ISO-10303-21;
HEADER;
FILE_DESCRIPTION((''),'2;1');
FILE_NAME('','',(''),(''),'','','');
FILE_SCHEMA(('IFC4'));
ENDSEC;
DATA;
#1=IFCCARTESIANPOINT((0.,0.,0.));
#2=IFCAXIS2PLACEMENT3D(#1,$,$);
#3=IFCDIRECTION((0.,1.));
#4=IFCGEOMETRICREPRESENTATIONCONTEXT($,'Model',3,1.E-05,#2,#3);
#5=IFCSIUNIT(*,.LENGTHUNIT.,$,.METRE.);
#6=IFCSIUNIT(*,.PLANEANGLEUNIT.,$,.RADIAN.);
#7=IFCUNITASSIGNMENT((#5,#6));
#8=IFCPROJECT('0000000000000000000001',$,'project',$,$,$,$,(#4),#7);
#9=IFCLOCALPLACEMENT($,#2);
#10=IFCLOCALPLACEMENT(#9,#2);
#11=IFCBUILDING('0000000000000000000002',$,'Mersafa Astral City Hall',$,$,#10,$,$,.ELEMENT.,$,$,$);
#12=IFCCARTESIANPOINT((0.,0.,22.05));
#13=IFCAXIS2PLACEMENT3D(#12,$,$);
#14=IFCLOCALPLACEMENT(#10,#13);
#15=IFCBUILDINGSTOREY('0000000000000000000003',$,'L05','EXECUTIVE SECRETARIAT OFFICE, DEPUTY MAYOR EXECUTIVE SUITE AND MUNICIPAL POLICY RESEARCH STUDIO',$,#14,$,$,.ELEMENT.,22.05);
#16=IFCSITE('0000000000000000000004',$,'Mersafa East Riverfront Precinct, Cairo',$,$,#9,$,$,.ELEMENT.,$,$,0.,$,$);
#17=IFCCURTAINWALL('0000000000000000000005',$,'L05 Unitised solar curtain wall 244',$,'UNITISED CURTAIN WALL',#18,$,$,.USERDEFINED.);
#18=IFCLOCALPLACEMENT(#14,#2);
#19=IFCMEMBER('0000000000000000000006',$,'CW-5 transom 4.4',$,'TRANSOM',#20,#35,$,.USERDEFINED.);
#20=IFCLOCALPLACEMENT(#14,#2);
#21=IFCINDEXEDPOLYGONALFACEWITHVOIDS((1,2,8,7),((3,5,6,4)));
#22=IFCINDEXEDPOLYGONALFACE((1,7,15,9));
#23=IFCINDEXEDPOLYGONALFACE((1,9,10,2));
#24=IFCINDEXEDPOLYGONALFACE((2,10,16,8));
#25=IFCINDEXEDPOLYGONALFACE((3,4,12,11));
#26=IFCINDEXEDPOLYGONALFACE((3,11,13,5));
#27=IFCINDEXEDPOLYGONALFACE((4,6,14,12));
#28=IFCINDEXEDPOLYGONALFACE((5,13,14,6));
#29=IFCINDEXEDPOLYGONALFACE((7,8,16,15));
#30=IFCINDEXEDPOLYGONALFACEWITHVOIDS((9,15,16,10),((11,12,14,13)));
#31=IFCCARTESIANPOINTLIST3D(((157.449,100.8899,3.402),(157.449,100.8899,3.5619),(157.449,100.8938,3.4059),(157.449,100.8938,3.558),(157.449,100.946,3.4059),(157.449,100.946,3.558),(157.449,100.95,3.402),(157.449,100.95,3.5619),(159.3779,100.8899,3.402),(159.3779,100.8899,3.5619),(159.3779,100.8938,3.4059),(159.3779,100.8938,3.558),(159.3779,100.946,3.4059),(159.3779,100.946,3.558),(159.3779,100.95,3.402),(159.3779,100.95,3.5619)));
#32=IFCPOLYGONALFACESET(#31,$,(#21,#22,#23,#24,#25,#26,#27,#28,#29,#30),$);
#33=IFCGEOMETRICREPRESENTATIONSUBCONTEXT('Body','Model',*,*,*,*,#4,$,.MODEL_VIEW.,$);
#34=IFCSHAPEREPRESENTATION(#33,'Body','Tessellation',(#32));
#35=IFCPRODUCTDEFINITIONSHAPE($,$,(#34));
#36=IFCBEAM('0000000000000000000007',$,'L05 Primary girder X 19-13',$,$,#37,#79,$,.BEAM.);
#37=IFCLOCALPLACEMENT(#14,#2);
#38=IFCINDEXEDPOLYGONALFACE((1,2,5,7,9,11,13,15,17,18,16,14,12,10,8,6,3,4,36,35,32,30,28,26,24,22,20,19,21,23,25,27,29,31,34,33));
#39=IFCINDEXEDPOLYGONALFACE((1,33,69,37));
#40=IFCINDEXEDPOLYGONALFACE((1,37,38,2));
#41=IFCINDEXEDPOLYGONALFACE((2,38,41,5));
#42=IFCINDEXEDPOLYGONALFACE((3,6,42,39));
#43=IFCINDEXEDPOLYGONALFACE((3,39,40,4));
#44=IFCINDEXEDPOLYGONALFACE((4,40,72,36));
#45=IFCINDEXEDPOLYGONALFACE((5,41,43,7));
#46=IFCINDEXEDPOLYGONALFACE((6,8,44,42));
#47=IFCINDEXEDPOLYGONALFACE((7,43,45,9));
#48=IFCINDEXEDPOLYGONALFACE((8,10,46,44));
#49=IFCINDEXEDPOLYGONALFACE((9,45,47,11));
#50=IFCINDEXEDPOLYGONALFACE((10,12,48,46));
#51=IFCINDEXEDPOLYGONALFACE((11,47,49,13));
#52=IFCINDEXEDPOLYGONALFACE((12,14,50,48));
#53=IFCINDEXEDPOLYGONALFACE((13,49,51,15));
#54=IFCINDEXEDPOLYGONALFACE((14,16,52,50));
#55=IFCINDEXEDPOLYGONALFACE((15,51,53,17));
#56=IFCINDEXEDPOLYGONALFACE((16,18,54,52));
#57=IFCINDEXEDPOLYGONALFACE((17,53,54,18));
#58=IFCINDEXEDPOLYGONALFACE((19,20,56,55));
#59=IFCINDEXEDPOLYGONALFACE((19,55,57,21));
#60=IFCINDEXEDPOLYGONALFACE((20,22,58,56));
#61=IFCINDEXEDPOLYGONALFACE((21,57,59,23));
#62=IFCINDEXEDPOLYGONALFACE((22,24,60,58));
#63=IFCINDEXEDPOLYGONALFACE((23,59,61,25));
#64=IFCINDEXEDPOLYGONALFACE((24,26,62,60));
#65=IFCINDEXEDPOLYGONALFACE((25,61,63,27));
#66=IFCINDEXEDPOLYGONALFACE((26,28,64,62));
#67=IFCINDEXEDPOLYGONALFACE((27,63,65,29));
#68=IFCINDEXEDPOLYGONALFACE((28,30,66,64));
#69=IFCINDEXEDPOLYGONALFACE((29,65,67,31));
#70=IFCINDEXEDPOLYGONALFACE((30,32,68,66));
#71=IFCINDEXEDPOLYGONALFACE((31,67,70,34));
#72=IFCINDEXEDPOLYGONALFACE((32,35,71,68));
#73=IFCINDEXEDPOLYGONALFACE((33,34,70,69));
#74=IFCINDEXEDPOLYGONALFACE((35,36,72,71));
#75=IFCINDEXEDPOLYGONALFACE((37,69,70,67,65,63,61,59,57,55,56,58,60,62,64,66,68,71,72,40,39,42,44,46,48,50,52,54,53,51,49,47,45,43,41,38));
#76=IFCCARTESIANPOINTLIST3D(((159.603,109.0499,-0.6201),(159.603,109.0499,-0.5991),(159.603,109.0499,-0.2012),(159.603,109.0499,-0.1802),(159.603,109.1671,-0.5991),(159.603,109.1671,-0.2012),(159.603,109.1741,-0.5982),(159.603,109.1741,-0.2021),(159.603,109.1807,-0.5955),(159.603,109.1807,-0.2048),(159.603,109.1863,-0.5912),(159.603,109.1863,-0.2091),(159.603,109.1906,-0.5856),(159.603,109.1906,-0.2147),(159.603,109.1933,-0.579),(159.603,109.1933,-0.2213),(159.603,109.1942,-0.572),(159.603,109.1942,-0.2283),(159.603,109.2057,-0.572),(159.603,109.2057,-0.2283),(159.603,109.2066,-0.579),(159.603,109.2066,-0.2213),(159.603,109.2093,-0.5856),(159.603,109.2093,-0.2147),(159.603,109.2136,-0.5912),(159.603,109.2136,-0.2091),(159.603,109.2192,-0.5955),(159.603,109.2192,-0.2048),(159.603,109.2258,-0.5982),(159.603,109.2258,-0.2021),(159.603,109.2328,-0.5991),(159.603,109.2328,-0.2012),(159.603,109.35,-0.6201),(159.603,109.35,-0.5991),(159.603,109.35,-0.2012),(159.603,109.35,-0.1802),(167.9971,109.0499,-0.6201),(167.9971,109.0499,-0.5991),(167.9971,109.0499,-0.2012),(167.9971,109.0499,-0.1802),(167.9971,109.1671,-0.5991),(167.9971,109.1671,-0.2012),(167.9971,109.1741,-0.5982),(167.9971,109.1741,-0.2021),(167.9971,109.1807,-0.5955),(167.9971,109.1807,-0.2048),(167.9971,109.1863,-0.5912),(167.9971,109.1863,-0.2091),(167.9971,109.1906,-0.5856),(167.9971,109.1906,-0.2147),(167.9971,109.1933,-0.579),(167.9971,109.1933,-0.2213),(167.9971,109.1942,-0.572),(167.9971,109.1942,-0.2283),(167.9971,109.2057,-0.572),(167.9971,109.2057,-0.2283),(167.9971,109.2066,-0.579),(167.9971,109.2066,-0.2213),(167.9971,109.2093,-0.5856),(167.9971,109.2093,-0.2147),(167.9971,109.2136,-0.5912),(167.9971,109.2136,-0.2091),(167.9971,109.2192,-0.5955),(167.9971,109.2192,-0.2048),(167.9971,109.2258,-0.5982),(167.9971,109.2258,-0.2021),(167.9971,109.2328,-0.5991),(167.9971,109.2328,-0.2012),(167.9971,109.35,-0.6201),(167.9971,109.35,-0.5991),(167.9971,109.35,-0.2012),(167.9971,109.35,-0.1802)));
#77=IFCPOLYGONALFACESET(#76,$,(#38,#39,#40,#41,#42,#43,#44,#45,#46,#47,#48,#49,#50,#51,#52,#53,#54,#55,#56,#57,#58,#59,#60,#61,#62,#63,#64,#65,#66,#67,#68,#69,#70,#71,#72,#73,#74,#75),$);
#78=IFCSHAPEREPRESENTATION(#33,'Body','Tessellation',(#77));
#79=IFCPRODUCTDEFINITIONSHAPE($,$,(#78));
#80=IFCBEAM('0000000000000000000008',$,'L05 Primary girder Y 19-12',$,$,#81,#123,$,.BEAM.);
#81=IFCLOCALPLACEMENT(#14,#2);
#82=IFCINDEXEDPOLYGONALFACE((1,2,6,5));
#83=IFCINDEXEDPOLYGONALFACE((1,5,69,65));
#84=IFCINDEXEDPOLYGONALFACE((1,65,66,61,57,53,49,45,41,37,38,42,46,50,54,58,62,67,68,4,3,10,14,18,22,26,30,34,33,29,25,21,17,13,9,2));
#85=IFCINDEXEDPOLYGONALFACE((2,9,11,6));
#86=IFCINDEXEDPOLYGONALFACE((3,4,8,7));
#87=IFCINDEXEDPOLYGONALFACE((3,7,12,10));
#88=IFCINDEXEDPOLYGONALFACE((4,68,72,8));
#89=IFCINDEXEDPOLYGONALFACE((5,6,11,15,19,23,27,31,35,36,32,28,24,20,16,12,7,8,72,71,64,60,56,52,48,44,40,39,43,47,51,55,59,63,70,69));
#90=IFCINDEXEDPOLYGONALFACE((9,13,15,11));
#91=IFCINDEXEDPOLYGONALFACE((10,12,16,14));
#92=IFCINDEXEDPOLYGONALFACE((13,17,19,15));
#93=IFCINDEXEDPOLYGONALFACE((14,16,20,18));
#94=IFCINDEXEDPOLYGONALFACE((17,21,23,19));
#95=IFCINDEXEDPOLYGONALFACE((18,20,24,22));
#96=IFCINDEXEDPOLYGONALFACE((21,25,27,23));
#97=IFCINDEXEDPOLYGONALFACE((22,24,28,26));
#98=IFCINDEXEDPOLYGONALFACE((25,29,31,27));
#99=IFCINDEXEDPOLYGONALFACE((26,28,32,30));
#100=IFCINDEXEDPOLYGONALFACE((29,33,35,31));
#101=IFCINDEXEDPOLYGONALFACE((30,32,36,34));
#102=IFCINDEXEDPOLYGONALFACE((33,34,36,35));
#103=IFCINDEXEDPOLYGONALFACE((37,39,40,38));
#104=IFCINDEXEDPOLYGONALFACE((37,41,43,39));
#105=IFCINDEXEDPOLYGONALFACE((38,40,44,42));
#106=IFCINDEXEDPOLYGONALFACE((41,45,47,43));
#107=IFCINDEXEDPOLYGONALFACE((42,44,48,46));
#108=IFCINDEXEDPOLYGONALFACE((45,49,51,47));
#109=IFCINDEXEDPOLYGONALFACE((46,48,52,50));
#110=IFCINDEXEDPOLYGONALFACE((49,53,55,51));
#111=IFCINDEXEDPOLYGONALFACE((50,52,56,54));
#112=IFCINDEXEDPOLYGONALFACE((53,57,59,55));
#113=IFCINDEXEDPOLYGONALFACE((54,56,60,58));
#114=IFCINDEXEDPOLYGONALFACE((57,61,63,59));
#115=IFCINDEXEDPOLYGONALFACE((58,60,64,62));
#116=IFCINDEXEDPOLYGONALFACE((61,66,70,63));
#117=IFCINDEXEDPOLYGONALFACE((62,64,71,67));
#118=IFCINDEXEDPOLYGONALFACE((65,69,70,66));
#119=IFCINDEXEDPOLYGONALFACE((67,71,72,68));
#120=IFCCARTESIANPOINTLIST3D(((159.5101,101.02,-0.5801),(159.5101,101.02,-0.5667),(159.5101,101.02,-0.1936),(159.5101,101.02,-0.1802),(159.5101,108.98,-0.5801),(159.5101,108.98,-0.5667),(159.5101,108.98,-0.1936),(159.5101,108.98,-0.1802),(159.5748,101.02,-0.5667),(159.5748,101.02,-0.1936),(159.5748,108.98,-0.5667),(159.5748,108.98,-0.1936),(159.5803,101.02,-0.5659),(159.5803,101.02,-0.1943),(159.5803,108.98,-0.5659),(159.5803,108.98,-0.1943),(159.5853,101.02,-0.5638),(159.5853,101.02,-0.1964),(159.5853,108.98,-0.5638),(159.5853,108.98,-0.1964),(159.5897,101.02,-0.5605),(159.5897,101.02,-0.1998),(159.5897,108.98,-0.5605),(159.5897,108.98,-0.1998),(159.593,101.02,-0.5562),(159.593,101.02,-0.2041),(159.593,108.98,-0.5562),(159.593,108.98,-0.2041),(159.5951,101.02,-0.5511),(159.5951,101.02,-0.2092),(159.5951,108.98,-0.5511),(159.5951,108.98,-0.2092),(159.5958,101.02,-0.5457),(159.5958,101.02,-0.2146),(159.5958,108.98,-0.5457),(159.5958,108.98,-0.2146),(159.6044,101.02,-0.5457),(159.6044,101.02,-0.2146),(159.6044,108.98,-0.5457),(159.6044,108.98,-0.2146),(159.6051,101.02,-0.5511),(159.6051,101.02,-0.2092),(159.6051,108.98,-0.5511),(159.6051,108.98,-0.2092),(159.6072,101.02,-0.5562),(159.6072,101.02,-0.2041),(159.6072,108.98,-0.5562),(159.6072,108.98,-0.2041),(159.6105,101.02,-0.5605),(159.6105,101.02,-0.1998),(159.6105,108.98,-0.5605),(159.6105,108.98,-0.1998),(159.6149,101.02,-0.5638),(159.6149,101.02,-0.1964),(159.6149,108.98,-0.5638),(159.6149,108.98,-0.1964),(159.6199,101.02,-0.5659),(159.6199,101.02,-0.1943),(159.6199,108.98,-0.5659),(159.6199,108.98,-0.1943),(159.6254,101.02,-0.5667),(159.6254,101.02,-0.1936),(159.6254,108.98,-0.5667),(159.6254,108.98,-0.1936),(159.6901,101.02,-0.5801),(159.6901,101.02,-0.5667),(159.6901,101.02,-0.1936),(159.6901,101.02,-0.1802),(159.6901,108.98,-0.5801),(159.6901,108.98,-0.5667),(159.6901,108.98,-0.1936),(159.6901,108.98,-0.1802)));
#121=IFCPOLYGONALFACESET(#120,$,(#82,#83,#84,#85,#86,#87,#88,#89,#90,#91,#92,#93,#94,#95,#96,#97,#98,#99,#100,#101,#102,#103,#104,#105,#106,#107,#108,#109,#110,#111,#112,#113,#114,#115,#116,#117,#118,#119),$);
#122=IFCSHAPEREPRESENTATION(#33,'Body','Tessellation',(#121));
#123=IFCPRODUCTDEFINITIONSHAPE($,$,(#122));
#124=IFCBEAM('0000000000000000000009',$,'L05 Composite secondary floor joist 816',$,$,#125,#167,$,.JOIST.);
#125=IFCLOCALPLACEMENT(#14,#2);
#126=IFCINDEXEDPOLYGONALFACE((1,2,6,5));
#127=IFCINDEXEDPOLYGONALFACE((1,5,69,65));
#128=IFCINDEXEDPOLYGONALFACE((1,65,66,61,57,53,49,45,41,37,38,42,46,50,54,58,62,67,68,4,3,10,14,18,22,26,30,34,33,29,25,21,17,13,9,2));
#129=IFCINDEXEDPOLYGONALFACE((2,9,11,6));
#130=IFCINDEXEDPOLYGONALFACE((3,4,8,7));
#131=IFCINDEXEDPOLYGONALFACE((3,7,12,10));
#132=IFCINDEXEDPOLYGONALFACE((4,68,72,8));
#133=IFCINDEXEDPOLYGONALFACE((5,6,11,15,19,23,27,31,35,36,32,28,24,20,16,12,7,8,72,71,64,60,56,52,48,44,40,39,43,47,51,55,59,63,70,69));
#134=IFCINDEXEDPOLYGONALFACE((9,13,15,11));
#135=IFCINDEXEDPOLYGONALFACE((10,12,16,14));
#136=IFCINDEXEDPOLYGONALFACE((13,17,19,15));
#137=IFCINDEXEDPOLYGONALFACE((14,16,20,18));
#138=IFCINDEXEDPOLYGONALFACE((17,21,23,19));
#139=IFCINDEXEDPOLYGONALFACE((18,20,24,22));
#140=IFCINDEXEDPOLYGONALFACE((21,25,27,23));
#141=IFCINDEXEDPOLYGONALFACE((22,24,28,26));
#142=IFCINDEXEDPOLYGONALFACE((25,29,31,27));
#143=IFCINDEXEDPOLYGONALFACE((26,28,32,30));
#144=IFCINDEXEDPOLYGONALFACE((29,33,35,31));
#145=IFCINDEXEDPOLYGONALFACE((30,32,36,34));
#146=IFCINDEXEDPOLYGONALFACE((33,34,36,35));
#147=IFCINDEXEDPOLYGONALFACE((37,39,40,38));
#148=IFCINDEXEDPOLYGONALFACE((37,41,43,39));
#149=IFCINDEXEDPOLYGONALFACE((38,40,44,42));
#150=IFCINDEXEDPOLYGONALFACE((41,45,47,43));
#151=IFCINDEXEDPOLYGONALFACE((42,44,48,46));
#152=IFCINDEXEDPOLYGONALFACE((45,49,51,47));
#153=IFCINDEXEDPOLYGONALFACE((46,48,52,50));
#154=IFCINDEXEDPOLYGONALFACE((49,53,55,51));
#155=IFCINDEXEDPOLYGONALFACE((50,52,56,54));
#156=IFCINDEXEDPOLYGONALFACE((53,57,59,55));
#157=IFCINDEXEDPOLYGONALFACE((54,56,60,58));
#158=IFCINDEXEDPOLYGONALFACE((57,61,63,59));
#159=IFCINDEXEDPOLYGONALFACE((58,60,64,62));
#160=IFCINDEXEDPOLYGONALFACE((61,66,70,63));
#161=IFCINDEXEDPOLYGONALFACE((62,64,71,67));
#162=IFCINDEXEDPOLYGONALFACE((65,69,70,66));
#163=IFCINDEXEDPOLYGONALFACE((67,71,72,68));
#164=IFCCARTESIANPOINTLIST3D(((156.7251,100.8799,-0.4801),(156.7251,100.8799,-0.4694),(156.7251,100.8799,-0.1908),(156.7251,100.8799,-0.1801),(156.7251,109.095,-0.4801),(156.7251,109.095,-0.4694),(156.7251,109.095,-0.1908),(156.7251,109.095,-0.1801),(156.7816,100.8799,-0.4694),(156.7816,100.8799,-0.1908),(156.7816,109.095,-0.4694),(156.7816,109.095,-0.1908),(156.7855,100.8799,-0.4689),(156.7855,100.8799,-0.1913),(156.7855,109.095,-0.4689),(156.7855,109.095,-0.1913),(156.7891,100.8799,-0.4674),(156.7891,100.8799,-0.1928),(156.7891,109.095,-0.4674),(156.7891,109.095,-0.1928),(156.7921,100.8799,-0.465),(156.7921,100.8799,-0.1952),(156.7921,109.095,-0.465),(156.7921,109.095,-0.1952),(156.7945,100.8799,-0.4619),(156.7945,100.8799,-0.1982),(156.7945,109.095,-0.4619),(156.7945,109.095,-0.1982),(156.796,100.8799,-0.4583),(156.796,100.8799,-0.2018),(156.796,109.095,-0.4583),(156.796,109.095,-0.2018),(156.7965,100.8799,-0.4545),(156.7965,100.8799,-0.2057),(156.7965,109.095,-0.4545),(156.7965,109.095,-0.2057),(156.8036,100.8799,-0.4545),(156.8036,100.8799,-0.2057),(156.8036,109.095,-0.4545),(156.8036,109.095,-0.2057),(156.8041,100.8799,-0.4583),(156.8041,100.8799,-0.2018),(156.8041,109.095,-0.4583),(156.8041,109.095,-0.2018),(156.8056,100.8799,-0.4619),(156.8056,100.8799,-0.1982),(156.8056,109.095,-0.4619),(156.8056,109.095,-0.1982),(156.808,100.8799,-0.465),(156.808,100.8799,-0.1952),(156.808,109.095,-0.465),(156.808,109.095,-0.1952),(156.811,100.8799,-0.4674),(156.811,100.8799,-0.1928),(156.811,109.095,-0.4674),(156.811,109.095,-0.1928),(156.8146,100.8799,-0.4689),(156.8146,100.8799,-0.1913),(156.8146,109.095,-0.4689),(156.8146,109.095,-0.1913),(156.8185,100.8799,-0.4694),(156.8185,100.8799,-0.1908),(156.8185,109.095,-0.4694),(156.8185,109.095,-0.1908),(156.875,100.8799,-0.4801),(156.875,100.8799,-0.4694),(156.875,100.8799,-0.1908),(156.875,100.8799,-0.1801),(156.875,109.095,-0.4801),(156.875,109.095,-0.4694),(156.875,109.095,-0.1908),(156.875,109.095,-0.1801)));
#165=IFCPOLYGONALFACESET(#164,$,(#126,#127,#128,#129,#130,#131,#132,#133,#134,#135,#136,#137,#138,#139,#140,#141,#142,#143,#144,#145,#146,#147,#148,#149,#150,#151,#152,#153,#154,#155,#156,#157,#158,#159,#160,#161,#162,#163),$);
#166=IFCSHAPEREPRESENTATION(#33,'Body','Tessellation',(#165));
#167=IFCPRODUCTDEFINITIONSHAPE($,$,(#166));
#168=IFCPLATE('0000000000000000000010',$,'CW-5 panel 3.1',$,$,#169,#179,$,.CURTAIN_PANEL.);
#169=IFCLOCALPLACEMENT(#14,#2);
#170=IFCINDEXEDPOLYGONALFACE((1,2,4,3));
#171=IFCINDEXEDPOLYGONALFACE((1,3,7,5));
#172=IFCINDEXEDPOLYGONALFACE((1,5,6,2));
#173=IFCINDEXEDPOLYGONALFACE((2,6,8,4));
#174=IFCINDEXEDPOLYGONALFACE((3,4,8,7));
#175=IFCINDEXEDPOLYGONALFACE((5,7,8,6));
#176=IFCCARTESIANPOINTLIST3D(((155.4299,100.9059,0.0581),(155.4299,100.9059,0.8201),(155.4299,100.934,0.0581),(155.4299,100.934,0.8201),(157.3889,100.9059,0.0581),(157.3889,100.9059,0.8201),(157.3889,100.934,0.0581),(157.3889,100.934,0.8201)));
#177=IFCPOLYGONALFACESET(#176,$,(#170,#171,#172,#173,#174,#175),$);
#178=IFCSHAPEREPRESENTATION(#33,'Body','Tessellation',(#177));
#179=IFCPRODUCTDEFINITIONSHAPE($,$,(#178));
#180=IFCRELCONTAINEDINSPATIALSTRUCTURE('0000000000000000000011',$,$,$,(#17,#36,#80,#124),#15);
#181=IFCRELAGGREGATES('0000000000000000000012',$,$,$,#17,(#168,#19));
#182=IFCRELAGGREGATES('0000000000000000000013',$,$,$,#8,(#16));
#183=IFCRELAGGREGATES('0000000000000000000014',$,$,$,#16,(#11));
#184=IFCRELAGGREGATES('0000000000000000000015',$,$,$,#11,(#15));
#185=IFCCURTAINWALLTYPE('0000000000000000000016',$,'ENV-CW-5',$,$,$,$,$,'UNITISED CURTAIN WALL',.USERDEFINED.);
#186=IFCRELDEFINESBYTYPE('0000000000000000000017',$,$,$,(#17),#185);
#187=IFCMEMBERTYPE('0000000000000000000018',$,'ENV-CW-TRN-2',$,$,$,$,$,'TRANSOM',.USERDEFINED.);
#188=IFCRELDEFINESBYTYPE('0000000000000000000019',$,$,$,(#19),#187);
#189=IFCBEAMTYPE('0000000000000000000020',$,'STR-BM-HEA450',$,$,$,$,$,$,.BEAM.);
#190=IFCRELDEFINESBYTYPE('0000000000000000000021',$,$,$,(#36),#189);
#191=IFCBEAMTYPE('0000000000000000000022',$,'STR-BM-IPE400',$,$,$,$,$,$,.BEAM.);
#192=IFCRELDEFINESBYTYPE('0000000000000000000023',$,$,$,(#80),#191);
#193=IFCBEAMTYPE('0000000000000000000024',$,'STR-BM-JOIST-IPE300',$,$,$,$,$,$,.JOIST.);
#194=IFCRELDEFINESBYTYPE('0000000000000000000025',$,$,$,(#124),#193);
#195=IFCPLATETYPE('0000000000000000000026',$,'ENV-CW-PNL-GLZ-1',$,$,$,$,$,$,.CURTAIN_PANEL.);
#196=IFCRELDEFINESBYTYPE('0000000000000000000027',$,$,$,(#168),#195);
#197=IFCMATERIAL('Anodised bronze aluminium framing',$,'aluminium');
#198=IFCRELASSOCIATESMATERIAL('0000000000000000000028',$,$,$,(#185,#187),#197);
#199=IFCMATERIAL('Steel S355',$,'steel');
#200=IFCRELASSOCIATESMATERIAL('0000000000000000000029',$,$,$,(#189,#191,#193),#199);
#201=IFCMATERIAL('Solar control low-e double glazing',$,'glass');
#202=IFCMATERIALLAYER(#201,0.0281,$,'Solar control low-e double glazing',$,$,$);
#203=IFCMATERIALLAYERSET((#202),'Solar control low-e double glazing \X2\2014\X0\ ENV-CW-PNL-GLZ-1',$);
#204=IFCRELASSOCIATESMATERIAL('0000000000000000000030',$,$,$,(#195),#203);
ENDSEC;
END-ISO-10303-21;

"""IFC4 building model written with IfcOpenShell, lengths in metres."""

from ifc_helpers import new_model, si_unit, direction, frame, origin, origin_2d, place, context, subcontext, project, spatial, rectangle, hollow_rectangle, i_section, extrude, material, layer, layer_set, material_profile, profile_set, type_object, element, aggregate, save


model = new_model("IFC4")

# Units and contexts
model_context = context("Model", 3, precision=1e-05, world=origin(), true_north=direction((0.0, 1.0)))
body_context = subcontext(model_context, "Body", "Model", "MODEL_VIEW")
ifc_project = project(units=[si_unit("LENGTHUNIT", "METRE"), si_unit("PLANEANGLEUNIT", "RADIAN")], contexts=[model_context])

# Site, building, storey
site_placement = place(None, origin())
site = spatial("IfcSite", under=ifc_project, at=site_placement, Name="Mersafa East Riverfront Precinct, Cairo", CompositionType="ELEMENT", RefElevation=0.0)
building_placement = place(site_placement, origin())
building = spatial("IfcBuilding", under=site, at=building_placement, Name="Mersafa Astral City Hall", CompositionType="ELEMENT")
storey_placement = place(building_placement, frame((0.0, 0.0, 22.05)))
storey = spatial("IfcBuildingStorey", under=building, at=storey_placement, Name="L05", Description="EXECUTIVE SECRETARIAT OFFICE, DEPUTY MAYOR EXECUTIVE SUITE AND MUNICIPAL POLICY RESEARCH STUDIO", CompositionType="ELEMENT", Elevation=22.05)

# Shared definitions
ifc_material_1 = material(Name="Steel S355", Category="steel")

# Curtain wall, member
ifc_material_2 = material(Name="Anodised bronze aluminium framing", Category="aluminium")
curtain_wall_type = type_object("IfcCurtainWallType", Name="ENV-CW-5", ElementType="UNITISED CURTAIN WALL", PredefinedType="USERDEFINED", material=ifc_material_2)
curtain_wall_placement = place(storey_placement, origin())
curtain_wall = element("IfcCurtainWall", 1, at=curtain_wall_placement, inside=storey, type_object=curtain_wall_type, Name="L05 Unitised solar curtain wall 244", ObjectType="UNITISED CURTAIN WALL", PredefinedType="USERDEFINED")
ifc_material_profile_1 = material_profile(ifc_material_2, hollow_rectangle(XDim=0.0601, YDim=0.1599, WallThickness=0.0039, at=origin_2d()), Name="RHS 60x160x4")
ifc_profile_set_1 = profile_set([ifc_material_profile_1], Name="Anodised bronze aluminium framing")
member_type_1 = type_object("IfcMemberType", Name="ENV-CW-TRN-2", ElementType="TRANSOM", PredefinedType="USERDEFINED", material=ifc_profile_set_1)
member_1_placement = place(storey_placement, frame((157.449, 100.9199, 3.4819), z_axis=(1.0, 0.0, 0.0), x_axis=(0.0, 1.0, 0.0)))
member_1 = element("IfcMember", 2, at=member_1_placement, type_object=member_type_1, Name="CW-5 transom 4.4", ObjectType="TRANSOM", PredefinedType="USERDEFINED", context=body_context, shape_type="SweptSolid", body=[
    extrude(hollow_rectangle(XDim=0.0601, YDim=0.1599, WallThickness=0.0039, at=origin_2d()), origin(), (0.0, 0.0, 1.0), 1.929),
])

# Beams
ifc_material_profile_2 = material_profile(ifc_material_1, i_section(OverallWidth=0.3, OverallDepth=0.4399, WebThickness=0.0115, FlangeThickness=0.021, FilletRadius=0.0271, at=origin_2d()), Name="HEA 450")
ifc_profile_set_2 = profile_set([ifc_material_profile_2], Name="Steel S355")
beam_type_1 = type_object("IfcBeamType", Name="STR-BM-HEA450", PredefinedType="BEAM", material=ifc_profile_set_2)
beam_1_placement = place(storey_placement, frame((159.603, 109.2, -0.4001), z_axis=(1.0, 0.0, 0.0), x_axis=(0.0, 1.0, 0.0)))
element("IfcBeam", 3, at=beam_1_placement, inside=storey, type_object=beam_type_1, Name="L05 Primary girder X 19-13", PredefinedType="BEAM", context=body_context, shape_type="SweptSolid", body=[
    extrude(i_section(OverallWidth=0.3, OverallDepth=0.4399, WebThickness=0.0115, FlangeThickness=0.021, FilletRadius=0.0271, at=origin_2d()), origin(), (0.0, 0.0, 1.0), 8.394),
])
ifc_material_profile_3 = material_profile(ifc_material_1, i_section(OverallWidth=0.1799, OverallDepth=0.3999, WebThickness=0.0085, FlangeThickness=0.0134, FilletRadius=0.021, at=origin_2d()), Name="IPE 400")
ifc_profile_set_3 = profile_set([ifc_material_profile_3], Name="Steel S355")
beam_type_2 = type_object("IfcBeamType", Name="STR-BM-IPE400", PredefinedType="BEAM", material=ifc_profile_set_3)
beam_2_placement = place(storey_placement, frame((159.6001, 101.02, -0.3801), z_axis=(0.0, 1.0, 0.0), x_axis=(-1.0, 0.0, 0.0)))
element("IfcBeam", 4, at=beam_2_placement, inside=storey, type_object=beam_type_2, Name="L05 Primary girder Y 19-12", PredefinedType="BEAM", context=body_context, shape_type="SweptSolid", body=[
    extrude(i_section(OverallWidth=0.1799, OverallDepth=0.3999, WebThickness=0.0085, FlangeThickness=0.0134, FilletRadius=0.021, at=origin_2d()), origin(), (0.0, 0.0, 1.0), 7.96),
])
ifc_material_profile_4 = material_profile(ifc_material_1, i_section(OverallWidth=0.1499, OverallDepth=0.3, WebThickness=0.0071, FlangeThickness=0.0107, FilletRadius=0.0149, at=origin_2d()), Name="IPE 300")
ifc_profile_set_4 = profile_set([ifc_material_profile_4], Name="Steel S355")
beam_type_3 = type_object("IfcBeamType", Name="STR-BM-JOIST-IPE300", PredefinedType="JOIST", material=ifc_profile_set_4)
beam_3_placement = place(storey_placement, frame((156.8, 100.8799, -0.3301), z_axis=(0.0, 1.0, 0.0), x_axis=(-1.0, 0.0, 0.0)))
element("IfcBeam", 5, at=beam_3_placement, inside=storey, type_object=beam_type_3, Name="L05 Composite secondary floor joist 816", PredefinedType="JOIST", context=body_context, shape_type="SweptSolid", body=[
    extrude(i_section(OverallWidth=0.1499, OverallDepth=0.3, WebThickness=0.0071, FlangeThickness=0.0107, FilletRadius=0.0149, at=origin_2d()), origin(), (0.0, 0.0, 1.0), 8.2151),
])

# Plate
ifc_material_3 = material(Name="Solar control low-e double glazing", Category="glass")
ifc_layer_1 = layer(ifc_material_3, 0.0281, Name="Solar control low-e double glazing")
ifc_layer_set_1 = layer_set([ifc_layer_1], Name="Solar control low-e double glazing — ENV-CW-PNL-GLZ-1")
plate_type = type_object("IfcPlateType", Name="ENV-CW-PNL-GLZ-1", PredefinedType="CURTAIN_PANEL", material=ifc_layer_set_1)
plate_1_placement = place(storey_placement, frame((156.4094, 100.9199, 0.0581), z_axis=(0.0, 0.0, 1.0), x_axis=(1.0, 0.0, 0.0)))
plate_1 = element("IfcPlate", 6, at=plate_1_placement, type_object=plate_type, Name="CW-5 panel 3.1", PredefinedType="CURTAIN_PANEL", context=body_context, shape_type="SweptSolid", body=[
    extrude(rectangle(XDim=1.959, YDim=0.0281, at=origin_2d()), origin(), (0.0, 0.0, 1.0), 0.762),
])
aggregate(curtain_wall, [plate_1, member_1])

save(model, "model.ifc")
